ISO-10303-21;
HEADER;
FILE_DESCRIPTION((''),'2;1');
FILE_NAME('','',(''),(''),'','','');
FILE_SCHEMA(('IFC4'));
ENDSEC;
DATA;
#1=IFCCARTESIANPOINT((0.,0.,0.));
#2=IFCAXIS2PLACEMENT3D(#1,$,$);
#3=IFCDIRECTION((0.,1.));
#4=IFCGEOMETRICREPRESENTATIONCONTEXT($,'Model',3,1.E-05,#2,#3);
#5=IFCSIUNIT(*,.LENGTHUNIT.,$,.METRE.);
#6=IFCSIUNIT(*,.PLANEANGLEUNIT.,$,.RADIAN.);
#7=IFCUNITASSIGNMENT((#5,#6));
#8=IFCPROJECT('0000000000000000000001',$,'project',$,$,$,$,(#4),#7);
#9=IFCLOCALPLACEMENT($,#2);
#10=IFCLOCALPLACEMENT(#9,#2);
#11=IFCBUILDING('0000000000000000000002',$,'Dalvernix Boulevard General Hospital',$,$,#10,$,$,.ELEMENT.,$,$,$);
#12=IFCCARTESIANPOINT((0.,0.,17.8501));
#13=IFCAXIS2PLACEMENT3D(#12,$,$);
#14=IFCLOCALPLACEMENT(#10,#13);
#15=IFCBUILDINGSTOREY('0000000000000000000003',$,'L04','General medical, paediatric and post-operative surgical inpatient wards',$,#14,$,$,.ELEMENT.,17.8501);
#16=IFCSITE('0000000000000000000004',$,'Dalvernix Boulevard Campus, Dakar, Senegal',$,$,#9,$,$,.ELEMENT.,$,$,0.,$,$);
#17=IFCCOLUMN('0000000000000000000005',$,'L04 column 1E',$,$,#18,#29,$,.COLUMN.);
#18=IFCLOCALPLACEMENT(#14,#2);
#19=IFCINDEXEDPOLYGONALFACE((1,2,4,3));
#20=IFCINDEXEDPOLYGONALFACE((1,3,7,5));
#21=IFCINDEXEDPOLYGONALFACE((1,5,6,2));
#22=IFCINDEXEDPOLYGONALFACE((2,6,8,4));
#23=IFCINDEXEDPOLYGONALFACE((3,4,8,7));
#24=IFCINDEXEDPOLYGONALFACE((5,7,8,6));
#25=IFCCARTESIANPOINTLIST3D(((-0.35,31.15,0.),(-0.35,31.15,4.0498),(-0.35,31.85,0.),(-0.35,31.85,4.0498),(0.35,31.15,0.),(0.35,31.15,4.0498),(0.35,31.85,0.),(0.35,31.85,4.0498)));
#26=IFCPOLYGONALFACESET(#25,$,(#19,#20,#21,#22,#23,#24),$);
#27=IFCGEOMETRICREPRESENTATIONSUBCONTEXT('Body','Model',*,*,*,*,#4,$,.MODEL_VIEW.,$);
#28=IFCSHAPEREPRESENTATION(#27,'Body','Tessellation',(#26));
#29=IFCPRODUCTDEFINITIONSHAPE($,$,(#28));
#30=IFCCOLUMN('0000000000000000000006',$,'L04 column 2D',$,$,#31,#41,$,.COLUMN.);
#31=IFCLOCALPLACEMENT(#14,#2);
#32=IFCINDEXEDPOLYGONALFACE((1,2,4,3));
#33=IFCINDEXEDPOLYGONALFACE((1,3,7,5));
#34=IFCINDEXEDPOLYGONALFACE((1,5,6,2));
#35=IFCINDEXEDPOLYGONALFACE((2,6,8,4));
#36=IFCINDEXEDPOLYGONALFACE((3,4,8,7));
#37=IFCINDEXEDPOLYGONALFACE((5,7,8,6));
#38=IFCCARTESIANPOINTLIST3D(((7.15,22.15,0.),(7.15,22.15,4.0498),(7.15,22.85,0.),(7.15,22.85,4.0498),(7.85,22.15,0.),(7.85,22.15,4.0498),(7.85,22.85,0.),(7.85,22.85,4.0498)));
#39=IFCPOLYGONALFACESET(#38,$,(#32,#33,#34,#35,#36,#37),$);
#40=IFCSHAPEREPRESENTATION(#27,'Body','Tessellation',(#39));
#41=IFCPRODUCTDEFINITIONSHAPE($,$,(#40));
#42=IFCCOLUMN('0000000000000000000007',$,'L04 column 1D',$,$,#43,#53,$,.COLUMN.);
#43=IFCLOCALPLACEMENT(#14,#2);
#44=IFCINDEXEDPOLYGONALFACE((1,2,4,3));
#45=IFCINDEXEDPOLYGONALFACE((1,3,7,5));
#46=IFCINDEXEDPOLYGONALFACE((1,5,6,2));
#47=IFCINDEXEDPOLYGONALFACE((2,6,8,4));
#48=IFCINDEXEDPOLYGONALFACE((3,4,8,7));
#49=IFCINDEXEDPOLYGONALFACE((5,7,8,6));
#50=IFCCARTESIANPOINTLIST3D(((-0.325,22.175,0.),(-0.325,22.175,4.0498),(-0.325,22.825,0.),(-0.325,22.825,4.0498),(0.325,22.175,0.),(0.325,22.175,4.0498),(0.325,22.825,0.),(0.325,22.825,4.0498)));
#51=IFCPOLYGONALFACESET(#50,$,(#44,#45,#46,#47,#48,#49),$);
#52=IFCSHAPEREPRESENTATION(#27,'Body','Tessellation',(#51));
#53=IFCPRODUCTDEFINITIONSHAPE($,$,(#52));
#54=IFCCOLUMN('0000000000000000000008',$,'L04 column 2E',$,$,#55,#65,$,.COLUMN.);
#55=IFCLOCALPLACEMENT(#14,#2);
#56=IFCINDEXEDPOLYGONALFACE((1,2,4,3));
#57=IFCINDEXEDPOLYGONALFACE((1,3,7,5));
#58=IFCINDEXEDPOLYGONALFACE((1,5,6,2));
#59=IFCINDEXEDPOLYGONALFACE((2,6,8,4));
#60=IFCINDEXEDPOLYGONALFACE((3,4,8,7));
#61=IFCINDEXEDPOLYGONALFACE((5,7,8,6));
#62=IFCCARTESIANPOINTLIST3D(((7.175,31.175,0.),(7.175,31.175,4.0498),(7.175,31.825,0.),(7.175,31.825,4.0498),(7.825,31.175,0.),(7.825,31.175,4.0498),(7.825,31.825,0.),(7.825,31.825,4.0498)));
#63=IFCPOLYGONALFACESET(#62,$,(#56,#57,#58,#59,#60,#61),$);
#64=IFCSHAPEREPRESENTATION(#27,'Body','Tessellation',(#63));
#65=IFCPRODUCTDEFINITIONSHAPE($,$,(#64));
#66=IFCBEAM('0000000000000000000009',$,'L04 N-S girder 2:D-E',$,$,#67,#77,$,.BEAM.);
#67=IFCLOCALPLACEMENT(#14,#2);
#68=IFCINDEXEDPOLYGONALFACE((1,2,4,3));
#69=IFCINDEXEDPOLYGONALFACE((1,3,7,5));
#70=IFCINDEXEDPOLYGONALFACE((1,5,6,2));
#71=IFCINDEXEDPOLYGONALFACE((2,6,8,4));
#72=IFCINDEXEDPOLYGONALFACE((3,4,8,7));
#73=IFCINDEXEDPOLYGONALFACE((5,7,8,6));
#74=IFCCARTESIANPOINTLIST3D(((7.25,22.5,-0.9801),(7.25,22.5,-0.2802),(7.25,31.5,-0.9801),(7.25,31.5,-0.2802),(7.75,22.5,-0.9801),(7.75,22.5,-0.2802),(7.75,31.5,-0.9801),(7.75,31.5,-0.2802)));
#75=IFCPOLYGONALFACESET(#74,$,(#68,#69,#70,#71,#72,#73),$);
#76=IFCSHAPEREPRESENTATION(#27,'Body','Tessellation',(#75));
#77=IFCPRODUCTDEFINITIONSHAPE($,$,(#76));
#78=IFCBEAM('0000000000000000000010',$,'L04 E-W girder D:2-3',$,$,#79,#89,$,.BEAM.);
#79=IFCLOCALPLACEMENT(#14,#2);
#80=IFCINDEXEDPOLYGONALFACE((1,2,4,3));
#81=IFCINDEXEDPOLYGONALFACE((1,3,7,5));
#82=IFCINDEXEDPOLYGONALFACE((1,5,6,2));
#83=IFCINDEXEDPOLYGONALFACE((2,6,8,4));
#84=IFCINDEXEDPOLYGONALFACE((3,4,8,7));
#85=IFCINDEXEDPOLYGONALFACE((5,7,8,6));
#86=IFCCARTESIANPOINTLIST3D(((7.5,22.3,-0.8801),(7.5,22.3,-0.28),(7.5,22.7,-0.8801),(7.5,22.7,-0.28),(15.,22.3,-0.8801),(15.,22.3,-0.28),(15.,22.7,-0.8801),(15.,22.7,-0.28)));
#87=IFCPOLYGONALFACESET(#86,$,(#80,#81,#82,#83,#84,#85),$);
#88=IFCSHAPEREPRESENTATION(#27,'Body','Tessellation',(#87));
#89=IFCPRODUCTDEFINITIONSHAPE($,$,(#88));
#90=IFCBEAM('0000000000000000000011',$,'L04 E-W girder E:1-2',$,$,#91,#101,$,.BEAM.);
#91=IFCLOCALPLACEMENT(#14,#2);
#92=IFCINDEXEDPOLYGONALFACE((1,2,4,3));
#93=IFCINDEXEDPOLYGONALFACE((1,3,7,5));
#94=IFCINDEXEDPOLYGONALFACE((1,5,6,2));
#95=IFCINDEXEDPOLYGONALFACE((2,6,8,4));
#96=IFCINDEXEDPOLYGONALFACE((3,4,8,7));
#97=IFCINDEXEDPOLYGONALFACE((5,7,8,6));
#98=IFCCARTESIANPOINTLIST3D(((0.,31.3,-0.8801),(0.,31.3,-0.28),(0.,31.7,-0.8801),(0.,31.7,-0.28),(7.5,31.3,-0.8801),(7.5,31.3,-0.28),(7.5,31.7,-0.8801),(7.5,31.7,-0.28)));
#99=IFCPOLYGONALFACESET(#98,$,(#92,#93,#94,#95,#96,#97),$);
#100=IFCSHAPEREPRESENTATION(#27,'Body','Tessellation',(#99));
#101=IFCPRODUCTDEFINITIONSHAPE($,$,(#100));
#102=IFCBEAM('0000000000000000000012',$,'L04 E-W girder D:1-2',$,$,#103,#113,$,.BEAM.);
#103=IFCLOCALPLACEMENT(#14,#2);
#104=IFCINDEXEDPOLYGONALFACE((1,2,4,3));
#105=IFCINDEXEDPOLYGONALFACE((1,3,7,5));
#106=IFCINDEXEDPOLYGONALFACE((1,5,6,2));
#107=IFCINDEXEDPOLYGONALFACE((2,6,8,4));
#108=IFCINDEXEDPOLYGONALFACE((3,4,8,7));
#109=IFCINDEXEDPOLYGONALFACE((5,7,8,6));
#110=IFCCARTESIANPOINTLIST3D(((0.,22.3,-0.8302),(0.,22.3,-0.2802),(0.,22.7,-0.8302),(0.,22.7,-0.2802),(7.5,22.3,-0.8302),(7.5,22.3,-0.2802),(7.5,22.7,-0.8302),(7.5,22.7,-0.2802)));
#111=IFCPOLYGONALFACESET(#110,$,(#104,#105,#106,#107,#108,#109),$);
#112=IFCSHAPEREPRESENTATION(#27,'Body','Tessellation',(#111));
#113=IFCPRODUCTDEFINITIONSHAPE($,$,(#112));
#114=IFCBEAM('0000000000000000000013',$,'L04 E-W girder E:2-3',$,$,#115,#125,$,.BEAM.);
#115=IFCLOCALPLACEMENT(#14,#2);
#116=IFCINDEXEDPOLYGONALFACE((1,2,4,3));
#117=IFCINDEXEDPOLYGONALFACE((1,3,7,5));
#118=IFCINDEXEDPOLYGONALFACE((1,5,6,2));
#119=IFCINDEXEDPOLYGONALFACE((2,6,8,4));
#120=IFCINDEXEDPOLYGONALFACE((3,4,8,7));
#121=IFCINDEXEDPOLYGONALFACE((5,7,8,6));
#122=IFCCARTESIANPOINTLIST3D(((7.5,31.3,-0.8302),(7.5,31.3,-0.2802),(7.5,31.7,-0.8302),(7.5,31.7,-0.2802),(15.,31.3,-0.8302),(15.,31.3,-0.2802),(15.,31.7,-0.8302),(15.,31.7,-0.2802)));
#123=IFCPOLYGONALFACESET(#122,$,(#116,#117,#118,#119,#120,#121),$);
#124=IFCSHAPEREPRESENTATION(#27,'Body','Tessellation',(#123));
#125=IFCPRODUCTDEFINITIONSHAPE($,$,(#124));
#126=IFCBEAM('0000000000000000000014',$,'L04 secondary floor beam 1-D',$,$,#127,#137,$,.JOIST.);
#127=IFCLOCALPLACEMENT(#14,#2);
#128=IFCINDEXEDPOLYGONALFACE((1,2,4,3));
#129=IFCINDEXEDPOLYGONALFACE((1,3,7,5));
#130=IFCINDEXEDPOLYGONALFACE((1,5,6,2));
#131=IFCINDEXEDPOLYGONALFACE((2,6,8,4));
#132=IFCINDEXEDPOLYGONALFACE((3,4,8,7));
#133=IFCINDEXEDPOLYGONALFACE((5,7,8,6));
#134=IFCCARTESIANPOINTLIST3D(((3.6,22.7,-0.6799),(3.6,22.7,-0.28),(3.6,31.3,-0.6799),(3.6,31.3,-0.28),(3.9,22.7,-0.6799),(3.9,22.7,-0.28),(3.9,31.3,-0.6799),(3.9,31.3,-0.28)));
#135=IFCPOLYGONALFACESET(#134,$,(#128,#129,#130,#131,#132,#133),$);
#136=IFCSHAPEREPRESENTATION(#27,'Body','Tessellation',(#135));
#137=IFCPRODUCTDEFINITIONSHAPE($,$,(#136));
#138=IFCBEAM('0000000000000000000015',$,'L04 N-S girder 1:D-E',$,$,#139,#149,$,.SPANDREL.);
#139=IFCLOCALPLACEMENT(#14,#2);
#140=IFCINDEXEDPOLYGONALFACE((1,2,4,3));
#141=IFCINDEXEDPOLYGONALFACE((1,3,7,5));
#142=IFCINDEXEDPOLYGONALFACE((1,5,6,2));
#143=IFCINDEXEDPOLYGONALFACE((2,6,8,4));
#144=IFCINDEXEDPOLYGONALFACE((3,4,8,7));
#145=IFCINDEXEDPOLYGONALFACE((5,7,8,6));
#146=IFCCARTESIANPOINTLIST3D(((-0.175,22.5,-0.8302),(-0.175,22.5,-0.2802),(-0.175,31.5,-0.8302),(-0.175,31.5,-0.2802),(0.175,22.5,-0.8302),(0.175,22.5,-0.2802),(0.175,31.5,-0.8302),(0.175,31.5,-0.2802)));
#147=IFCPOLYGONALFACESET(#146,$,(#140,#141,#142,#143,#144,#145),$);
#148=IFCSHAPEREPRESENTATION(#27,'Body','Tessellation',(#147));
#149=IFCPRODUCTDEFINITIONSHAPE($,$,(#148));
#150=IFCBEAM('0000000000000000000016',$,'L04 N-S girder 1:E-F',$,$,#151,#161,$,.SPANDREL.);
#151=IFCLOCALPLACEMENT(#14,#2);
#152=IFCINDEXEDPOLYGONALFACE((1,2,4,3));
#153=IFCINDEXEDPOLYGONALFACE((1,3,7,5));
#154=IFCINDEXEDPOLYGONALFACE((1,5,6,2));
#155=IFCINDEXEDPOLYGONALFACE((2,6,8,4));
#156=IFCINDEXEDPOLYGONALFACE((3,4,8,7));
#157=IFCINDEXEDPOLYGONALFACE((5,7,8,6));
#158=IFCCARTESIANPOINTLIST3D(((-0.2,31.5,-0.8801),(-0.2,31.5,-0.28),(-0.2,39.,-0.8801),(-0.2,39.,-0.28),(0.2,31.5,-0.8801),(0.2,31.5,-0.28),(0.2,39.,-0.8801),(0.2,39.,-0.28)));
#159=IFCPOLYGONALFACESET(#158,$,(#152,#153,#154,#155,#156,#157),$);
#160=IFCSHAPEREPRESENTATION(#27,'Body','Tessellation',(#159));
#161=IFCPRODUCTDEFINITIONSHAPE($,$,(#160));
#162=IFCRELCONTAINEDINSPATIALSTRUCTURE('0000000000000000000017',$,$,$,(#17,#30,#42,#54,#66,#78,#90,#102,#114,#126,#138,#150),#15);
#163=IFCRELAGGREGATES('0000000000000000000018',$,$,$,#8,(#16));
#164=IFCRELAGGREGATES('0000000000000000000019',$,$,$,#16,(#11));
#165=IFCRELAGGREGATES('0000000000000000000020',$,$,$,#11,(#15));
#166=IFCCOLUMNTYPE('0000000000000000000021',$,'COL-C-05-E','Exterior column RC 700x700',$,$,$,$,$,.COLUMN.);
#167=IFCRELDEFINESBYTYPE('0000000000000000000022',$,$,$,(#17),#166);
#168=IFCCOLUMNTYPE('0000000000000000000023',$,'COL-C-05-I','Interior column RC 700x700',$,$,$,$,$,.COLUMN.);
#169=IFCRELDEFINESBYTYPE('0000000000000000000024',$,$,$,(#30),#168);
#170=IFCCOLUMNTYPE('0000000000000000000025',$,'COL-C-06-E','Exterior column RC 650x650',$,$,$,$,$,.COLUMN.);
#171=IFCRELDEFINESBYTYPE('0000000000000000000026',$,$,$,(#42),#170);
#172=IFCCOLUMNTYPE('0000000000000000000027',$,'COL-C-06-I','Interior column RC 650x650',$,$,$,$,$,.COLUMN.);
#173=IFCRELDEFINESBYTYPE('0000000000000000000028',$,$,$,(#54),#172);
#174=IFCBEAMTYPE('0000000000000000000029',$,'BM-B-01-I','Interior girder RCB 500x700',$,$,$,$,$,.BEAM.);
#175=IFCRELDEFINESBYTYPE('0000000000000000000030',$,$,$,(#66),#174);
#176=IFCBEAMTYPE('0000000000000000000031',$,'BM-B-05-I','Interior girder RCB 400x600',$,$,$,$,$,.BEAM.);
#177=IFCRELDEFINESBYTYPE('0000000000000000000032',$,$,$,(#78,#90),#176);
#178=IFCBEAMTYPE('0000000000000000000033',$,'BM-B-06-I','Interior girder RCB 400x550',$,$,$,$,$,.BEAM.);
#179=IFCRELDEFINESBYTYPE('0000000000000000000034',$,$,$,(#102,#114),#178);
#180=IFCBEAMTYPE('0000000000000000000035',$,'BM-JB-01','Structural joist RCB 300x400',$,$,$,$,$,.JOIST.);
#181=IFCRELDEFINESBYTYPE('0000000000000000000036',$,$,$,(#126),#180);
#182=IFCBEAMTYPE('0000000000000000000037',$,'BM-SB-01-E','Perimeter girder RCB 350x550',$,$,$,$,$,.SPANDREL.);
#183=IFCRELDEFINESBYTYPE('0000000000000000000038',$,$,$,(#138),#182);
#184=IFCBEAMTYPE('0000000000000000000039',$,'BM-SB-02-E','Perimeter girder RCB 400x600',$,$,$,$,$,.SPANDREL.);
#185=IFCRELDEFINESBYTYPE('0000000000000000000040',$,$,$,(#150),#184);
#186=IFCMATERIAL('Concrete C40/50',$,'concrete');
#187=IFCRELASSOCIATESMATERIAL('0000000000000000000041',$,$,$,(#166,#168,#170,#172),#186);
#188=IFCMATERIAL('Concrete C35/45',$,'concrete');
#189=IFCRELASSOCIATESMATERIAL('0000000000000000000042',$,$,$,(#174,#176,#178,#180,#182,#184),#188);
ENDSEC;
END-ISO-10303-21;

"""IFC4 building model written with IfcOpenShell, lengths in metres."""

from ifc_helpers import new_model, si_unit, direction, frame, origin, origin_2d, place, context, subcontext, project, spatial, rectangle, extrude, material, material_profile, profile_set, type_object, element, save


model = new_model("IFC4")

# Units and contexts
model_context = context("Model", 3, precision=1e-05, world=origin(), true_north=direction((0.0, 1.0)))
body_context = subcontext(model_context, "Body", "Model", "MODEL_VIEW")
ifc_project = project(units=[si_unit("LENGTHUNIT", "METRE"), si_unit("PLANEANGLEUNIT", "RADIAN")], contexts=[model_context])

# Site, building, storey
site_placement = place(None, origin())
site = spatial("IfcSite", under=ifc_project, at=site_placement, Name="Dalvernix Boulevard Campus, Dakar, Senegal", CompositionType="ELEMENT", RefElevation=0.0)
building_placement = place(site_placement, origin())
building = spatial("IfcBuilding", under=site, at=building_placement, Name="Dalvernix Boulevard General Hospital", CompositionType="ELEMENT")
storey_placement = place(building_placement, frame((0.0, 0.0, 17.8501)))
storey = spatial("IfcBuildingStorey", under=building, at=storey_placement, Name="L04", Description="General medical, paediatric and post-operative surgical inpatient wards", CompositionType="ELEMENT", Elevation=17.8501)

# Columns
ifc_material_1 = material(Name="Concrete C40/50", Category="concrete")
ifc_material_profile_1 = material_profile(ifc_material_1, rectangle(XDim=0.7, YDim=0.7, at=origin_2d()), Name="RC 700x700")
ifc_profile_set_1 = profile_set([ifc_material_profile_1], Name="Concrete C40/50")
column_type_1 = type_object("IfcColumnType", Name="COL-C-05-E", Description="Exterior column RC 700x700", PredefinedType="COLUMN", material=ifc_profile_set_1)
column_1_placement = place(storey_placement, frame((0.0, 31.5, 0.0), z_axis=(0.0, 0.0, 1.0), x_axis=(1.0, 0.0, 0.0)))
element("IfcColumn", 1, at=column_1_placement, inside=storey, type_object=column_type_1, Name="L04 column 1E", PredefinedType="COLUMN", context=body_context, shape_type="SweptSolid", body=[
    extrude(rectangle(XDim=0.7, YDim=0.7, at=origin_2d()), origin(), (0.0, 0.0, 1.0), 4.0498),
])
ifc_material_profile_2 = material_profile(ifc_material_1, rectangle(XDim=0.7, YDim=0.7, at=origin_2d()), Name="RC 700x700")
ifc_profile_set_2 = profile_set([ifc_material_profile_2], Name="Concrete C40/50")
column_type_2 = type_object("IfcColumnType", Name="COL-C-05-I", Description="Interior column RC 700x700", PredefinedType="COLUMN", material=ifc_profile_set_2)
column_2_placement = place(storey_placement, frame((7.5, 22.5, 0.0), z_axis=(0.0, 0.0, 1.0), x_axis=(1.0, 0.0, 0.0)))
element("IfcColumn", 2, at=column_2_placement, inside=storey, type_object=column_type_2, Name="L04 column 2D", PredefinedType="COLUMN", context=body_context, shape_type="SweptSolid", body=[
    extrude(rectangle(XDim=0.7, YDim=0.7, at=origin_2d()), origin(), (0.0, 0.0, 1.0), 4.0498),
])
ifc_material_profile_3 = material_profile(ifc_material_1, rectangle(XDim=0.6499, YDim=0.6499, at=origin_2d()), Name="RC 650x650")
ifc_profile_set_3 = profile_set([ifc_material_profile_3], Name="Concrete C40/50")
column_type_3 = type_object("IfcColumnType", Name="COL-C-06-E", Description="Exterior column RC 650x650", PredefinedType="COLUMN", material=ifc_profile_set_3)
column_3_placement = place(storey_placement, frame((0.0, 22.5, 0.0), z_axis=(0.0, 0.0, 1.0), x_axis=(1.0, 0.0, 0.0)))
element("IfcColumn", 3, at=column_3_placement, inside=storey, type_object=column_type_3, Name="L04 column 1D", PredefinedType="COLUMN", context=body_context, shape_type="SweptSolid", body=[
    extrude(rectangle(XDim=0.6499, YDim=0.6499, at=origin_2d()), origin(), (0.0, 0.0, 1.0), 4.0498),
])
ifc_material_profile_4 = material_profile(ifc_material_1, rectangle(XDim=0.6499, YDim=0.6499, at=origin_2d()), Name="RC 650x650")
ifc_profile_set_4 = profile_set([ifc_material_profile_4], Name="Concrete C40/50")
column_type_4 = type_object("IfcColumnType", Name="COL-C-06-I", Description="Interior column RC 650x650", PredefinedType="COLUMN", material=ifc_profile_set_4)
column_4_placement = place(storey_placement, frame((7.5, 31.5, 0.0), z_axis=(0.0, 0.0, 1.0), x_axis=(1.0, 0.0, 0.0)))
element("IfcColumn", 4, at=column_4_placement, inside=storey, type_object=column_type_4, Name="L04 column 2E", PredefinedType="COLUMN", context=body_context, shape_type="SweptSolid", body=[
    extrude(rectangle(XDim=0.6499, YDim=0.6499, at=origin_2d()), origin(), (0.0, 0.0, 1.0), 4.0498),
])

# Beams
ifc_material_2 = material(Name="Concrete C35/45", Category="concrete")
ifc_material_profile_5 = material_profile(ifc_material_2, rectangle(XDim=0.5, YDim=0.7, at=origin_2d()), Name="RCB 500x700")
ifc_profile_set_5 = profile_set([ifc_material_profile_5], Name="Concrete C35/45")
beam_type_1 = type_object("IfcBeamType", Name="BM-B-01-I", Description="Interior girder RCB 500x700", PredefinedType="BEAM", material=ifc_profile_set_5)
beam_1_placement = place(storey_placement, frame((7.5, 22.5, -0.6301), z_axis=(0.0, 1.0, 0.0), x_axis=(-1.0, 0.0, 0.0)))
element("IfcBeam", 5, at=beam_1_placement, inside=storey, type_object=beam_type_1, Name="L04 N-S girder 2:D-E", PredefinedType="BEAM", context=body_context, shape_type="SweptSolid", body=[
    extrude(rectangle(XDim=0.5, YDim=0.7, at=origin_2d()), origin(), (0.0, 0.0, 1.0), 9.0),
])
ifc_material_profile_6 = material_profile(ifc_material_2, rectangle(XDim=0.3999, YDim=0.6001, at=origin_2d()), Name="RCB 400x600")
ifc_profile_set_6 = profile_set([ifc_material_profile_6], Name="Concrete C35/45")
beam_type_2 = type_object("IfcBeamType", Name="BM-B-05-I", Description="Interior girder RCB 400x600", PredefinedType="BEAM", material=ifc_profile_set_6)
for number, where, z_axis, x_axis, name in (
    (6, (7.5, 22.5, -0.5801), (1.0, 0.0, 0.0), (0.0, 1.0, 0.0), "L04 E-W girder D:2-3"),
    (7, (0.0, 31.5, -0.5801), (1.0, 0.0, 0.0), (0.0, 1.0, 0.0), "L04 E-W girder E:1-2"),
):
    element("IfcBeam", number, at=place(storey_placement, frame(where, z_axis=z_axis, x_axis=x_axis)), inside=storey, type_object=beam_type_2, Name=name, PredefinedType="BEAM", context=body_context, shape_type="SweptSolid", body=[
        extrude(rectangle(XDim=0.3999, YDim=0.6001, at=origin_2d()), origin(), (0.0, 0.0, 1.0), 7.5),
    ])
ifc_material_profile_7 = material_profile(ifc_material_2, rectangle(XDim=0.3999, YDim=0.55, at=origin_2d()), Name="RCB 400x550")
ifc_profile_set_7 = profile_set([ifc_material_profile_7], Name="Concrete C35/45")
beam_type_3 = type_object("IfcBeamType", Name="BM-B-06-I", Description="Interior girder RCB 400x550", PredefinedType="BEAM", material=ifc_profile_set_7)
for number, where, z_axis, x_axis, name in (
    (8, (0.0, 22.5, -0.5552), (1.0, 0.0, 0.0), (0.0, 1.0, 0.0), "L04 E-W girder D:1-2"),
    (9, (7.5, 31.5, -0.5552), (1.0, 0.0, 0.0), (0.0, 1.0, 0.0), "L04 E-W girder E:2-3"),
):
    element("IfcBeam", number, at=place(storey_placement, frame(where, z_axis=z_axis, x_axis=x_axis)), inside=storey, type_object=beam_type_3, Name=name, PredefinedType="BEAM", context=body_context, shape_type="SweptSolid", body=[
        extrude(rectangle(XDim=0.3999, YDim=0.55, at=origin_2d()), origin(), (0.0, 0.0, 1.0), 7.5),
    ])
ifc_material_profile_8 = material_profile(ifc_material_2, rectangle(XDim=0.3, YDim=0.3999, at=origin_2d()), Name="RCB 300x400")
ifc_profile_set_8 = profile_set([ifc_material_profile_8], Name="Concrete C35/45")
beam_type_4 = type_object("IfcBeamType", Name="BM-JB-01", Description="Structural joist RCB 300x400", PredefinedType="JOIST", material=ifc_profile_set_8)
beam_2_placement = place(storey_placement, frame((3.75, 22.7, -0.48), z_axis=(0.0, 1.0, 0.0), x_axis=(-1.0, 0.0, 0.0)))
element("IfcBeam", 10, at=beam_2_placement, inside=storey, type_object=beam_type_4, Name="L04 secondary floor beam 1-D", PredefinedType="JOIST", context=body_context, shape_type="SweptSolid", body=[
    extrude(rectangle(XDim=0.3, YDim=0.3999, at=origin_2d()), origin(), (0.0, 0.0, 1.0), 8.6001),
])
ifc_material_profile_9 = material_profile(ifc_material_2, rectangle(XDim=0.3501, YDim=0.55, at=origin_2d()), Name="RCB 350x550")
ifc_profile_set_9 = profile_set([ifc_material_profile_9], Name="Concrete C35/45")
beam_type_5 = type_object("IfcBeamType", Name="BM-SB-01-E", Description="Perimeter girder RCB 350x550", PredefinedType="SPANDREL", material=ifc_profile_set_9)
beam_3_placement = place(storey_placement, frame((0.0, 22.5, -0.5552), z_axis=(0.0, 1.0, 0.0), x_axis=(-1.0, 0.0, 0.0)))
element("IfcBeam", 11, at=beam_3_placement, inside=storey, type_object=beam_type_5, Name="L04 N-S girder 1:D-E", PredefinedType="SPANDREL", context=body_context, shape_type="SweptSolid", body=[
    extrude(rectangle(XDim=0.3501, YDim=0.55, at=origin_2d()), origin(), (0.0, 0.0, 1.0), 9.0),
])
ifc_material_profile_10 = material_profile(ifc_material_2, rectangle(XDim=0.3999, YDim=0.6001, at=origin_2d()), Name="RCB 400x600")
ifc_profile_set_10 = profile_set([ifc_material_profile_10], Name="Concrete C35/45")
beam_type_6 = type_object("IfcBeamType", Name="BM-SB-02-E", Description="Perimeter girder RCB 400x600", PredefinedType="SPANDREL", material=ifc_profile_set_10)
beam_4_placement = place(storey_placement, frame((0.0, 31.5, -0.5801), z_axis=(0.0, 1.0, 0.0), x_axis=(-1.0, 0.0, 0.0)))
element("IfcBeam", 12, at=beam_4_placement, inside=storey, type_object=beam_type_6, Name="L04 N-S girder 1:E-F", PredefinedType="SPANDREL", context=body_context, shape_type="SweptSolid", body=[
    extrude(rectangle(XDim=0.3999, YDim=0.6001, at=origin_2d()), origin(), (0.0, 0.0, 1.0), 7.5),
])

save(model, "model.ifc")
